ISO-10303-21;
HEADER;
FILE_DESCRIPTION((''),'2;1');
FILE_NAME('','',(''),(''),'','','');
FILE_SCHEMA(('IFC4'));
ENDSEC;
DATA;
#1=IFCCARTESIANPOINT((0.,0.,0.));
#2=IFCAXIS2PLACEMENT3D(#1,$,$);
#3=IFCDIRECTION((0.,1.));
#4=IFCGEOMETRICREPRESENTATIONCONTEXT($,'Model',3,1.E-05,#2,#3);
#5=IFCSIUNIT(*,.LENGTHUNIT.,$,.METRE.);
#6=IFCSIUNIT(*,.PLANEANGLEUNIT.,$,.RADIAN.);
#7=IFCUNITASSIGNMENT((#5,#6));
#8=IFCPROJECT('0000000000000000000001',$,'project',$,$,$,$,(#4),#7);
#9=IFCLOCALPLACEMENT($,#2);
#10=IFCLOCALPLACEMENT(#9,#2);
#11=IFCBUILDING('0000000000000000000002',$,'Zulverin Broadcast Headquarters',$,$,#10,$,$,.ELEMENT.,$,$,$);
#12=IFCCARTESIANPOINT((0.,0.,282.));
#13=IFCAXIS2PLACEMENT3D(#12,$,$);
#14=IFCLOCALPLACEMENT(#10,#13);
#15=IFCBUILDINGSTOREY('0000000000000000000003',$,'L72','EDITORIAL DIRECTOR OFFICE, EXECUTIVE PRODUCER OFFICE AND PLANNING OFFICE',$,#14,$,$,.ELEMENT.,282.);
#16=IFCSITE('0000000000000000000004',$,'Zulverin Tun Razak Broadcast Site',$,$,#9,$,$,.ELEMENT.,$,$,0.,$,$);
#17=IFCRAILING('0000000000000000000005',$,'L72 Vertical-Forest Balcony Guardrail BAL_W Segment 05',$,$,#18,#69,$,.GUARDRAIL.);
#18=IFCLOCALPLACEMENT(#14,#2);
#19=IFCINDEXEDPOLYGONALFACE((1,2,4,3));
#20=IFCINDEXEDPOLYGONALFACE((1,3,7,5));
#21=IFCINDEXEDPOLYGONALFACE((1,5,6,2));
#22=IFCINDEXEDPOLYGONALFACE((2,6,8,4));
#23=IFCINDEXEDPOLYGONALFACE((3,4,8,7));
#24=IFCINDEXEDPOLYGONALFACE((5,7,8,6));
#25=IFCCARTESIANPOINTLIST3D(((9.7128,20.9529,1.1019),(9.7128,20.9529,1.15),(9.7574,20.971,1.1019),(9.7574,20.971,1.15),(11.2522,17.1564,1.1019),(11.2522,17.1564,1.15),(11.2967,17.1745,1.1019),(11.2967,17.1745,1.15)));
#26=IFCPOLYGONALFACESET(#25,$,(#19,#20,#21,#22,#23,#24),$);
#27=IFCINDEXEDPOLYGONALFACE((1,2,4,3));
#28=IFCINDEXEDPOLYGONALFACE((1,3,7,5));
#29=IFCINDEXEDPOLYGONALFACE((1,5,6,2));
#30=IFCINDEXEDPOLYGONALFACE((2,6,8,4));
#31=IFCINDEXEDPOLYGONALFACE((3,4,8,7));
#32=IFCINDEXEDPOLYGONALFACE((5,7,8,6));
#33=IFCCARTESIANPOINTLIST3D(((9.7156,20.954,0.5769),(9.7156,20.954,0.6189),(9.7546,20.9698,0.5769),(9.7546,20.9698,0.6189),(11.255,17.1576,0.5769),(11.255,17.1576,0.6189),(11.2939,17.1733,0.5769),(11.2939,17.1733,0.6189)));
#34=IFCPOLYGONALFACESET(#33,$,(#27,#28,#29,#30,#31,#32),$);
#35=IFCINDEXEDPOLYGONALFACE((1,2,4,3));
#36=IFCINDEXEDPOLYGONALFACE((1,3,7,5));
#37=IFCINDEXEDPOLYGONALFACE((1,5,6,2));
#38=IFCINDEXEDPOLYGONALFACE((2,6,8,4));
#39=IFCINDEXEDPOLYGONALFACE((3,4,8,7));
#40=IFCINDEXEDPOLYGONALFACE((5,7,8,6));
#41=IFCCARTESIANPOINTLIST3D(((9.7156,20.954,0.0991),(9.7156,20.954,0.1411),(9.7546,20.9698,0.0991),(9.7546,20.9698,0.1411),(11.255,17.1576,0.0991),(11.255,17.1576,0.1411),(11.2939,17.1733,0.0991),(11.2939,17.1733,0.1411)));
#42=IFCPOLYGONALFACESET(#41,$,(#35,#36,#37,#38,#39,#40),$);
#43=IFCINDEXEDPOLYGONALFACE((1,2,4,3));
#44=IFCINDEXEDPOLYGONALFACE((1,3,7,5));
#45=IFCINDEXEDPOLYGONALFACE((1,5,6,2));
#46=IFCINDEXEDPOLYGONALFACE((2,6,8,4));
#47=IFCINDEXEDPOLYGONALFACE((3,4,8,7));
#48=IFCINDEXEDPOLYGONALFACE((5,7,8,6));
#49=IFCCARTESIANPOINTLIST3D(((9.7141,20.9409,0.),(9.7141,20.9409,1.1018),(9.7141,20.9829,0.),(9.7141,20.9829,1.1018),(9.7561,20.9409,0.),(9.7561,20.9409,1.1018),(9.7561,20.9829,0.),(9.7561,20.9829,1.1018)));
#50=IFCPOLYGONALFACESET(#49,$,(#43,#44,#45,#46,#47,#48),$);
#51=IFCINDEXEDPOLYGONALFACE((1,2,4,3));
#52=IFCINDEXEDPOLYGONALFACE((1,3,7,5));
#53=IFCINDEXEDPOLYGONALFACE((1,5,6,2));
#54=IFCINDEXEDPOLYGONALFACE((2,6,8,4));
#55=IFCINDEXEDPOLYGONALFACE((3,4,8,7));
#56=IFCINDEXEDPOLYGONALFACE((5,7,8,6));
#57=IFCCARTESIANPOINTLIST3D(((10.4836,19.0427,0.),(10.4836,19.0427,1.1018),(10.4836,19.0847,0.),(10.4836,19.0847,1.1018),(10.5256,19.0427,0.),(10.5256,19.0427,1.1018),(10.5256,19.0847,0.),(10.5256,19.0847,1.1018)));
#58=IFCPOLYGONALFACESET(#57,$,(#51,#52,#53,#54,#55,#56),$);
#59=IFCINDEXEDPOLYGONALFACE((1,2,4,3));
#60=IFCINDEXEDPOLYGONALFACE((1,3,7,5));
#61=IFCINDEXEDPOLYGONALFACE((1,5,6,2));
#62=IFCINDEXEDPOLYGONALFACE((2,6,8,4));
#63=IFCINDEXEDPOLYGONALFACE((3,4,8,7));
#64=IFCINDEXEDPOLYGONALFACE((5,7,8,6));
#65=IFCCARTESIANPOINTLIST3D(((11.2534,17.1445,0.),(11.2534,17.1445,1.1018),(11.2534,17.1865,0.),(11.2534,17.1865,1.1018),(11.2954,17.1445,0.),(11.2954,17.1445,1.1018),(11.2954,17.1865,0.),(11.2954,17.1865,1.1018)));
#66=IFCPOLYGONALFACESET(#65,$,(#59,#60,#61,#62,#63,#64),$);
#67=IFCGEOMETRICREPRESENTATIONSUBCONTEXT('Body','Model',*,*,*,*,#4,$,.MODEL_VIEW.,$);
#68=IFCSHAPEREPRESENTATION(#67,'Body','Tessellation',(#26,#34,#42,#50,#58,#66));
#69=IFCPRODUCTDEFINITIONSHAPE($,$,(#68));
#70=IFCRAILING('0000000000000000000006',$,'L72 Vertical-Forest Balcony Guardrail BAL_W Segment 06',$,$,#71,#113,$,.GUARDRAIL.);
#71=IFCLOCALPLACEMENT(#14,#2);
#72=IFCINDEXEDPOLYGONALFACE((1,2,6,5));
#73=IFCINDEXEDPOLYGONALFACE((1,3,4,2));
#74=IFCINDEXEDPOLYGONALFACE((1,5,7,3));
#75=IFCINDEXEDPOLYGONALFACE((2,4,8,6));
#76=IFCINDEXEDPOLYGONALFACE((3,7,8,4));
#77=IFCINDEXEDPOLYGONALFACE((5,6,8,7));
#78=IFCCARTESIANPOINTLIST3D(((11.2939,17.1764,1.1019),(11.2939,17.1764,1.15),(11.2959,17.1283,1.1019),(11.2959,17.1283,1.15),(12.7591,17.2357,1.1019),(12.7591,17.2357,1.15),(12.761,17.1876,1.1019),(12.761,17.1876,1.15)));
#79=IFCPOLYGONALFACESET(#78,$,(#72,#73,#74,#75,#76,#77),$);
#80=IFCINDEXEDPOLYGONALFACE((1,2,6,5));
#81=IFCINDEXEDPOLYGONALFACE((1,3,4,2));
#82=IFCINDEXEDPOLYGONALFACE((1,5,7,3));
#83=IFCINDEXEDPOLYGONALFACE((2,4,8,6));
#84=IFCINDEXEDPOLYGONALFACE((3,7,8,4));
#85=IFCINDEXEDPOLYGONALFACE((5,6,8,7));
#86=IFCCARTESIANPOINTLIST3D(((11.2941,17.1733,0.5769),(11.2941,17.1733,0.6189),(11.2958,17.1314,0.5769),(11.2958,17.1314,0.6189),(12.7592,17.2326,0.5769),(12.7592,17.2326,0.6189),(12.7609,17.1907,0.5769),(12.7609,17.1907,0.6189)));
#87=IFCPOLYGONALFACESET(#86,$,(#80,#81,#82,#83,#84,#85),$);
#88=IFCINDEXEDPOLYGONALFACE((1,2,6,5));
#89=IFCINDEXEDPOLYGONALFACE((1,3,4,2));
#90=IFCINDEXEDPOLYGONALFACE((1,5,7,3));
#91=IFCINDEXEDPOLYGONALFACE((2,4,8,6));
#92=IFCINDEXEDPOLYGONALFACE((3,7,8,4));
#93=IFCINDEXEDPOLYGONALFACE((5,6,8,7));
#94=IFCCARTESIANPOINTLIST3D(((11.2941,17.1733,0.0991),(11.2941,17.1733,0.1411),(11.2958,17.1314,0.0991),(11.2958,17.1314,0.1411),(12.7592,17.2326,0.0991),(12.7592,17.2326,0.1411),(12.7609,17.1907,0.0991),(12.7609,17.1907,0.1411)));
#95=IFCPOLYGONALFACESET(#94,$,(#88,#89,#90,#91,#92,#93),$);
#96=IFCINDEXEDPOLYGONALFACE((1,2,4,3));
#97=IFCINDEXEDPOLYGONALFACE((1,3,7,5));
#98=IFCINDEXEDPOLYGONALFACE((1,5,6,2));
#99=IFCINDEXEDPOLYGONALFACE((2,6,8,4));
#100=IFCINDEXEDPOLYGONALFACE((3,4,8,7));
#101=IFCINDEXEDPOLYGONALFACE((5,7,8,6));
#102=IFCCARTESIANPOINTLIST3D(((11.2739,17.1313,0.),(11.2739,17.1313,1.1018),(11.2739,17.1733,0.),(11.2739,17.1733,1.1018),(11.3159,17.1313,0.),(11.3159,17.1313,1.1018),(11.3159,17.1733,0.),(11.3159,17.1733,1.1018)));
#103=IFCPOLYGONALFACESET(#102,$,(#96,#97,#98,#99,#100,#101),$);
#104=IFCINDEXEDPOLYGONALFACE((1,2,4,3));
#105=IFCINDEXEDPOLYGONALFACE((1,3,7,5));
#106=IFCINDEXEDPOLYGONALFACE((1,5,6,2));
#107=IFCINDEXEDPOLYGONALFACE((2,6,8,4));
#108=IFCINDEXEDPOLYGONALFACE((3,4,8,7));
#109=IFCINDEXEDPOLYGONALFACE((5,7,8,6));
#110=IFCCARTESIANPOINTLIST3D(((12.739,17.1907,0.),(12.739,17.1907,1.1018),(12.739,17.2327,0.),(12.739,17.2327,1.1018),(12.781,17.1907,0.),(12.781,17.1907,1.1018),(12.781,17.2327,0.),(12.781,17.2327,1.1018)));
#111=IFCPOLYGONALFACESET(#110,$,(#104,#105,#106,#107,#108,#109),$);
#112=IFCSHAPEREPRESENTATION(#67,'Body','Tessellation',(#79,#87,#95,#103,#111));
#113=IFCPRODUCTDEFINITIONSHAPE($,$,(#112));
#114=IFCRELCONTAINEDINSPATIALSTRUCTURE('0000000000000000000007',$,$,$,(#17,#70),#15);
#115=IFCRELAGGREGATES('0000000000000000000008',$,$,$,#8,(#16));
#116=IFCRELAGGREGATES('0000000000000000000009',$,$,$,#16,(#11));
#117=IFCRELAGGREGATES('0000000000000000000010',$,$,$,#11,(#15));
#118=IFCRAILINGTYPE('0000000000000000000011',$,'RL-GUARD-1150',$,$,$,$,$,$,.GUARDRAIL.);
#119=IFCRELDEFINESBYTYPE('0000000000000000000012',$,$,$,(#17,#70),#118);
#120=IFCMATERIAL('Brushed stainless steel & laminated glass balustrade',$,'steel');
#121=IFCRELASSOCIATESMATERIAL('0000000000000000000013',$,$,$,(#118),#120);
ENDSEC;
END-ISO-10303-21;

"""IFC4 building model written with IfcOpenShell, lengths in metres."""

from ifc_helpers import new_model, si_unit, direction, frame, origin, origin_2d, place, context, subcontext, project, spatial, rectangle, extrude, material, type_object, element, save


model = new_model("IFC4")

# Units and contexts
model_context = context("Model", 3, precision=1e-05, world=origin(), true_north=direction((0.0, 1.0)))
body_context = subcontext(model_context, "Body", "Model", "MODEL_VIEW")
ifc_project = project(units=[si_unit("LENGTHUNIT", "METRE"), si_unit("PLANEANGLEUNIT", "RADIAN")], contexts=[model_context])

# Site, building, storey
site_placement = place(None, origin())
site = spatial("IfcSite", under=ifc_project, at=site_placement, Name="Zulverin Tun Razak Broadcast Site", CompositionType="ELEMENT", RefElevation=0.0)
building_placement = place(site_placement, origin())
building = spatial("IfcBuilding", under=site, at=building_placement, Name="Zulverin Broadcast Headquarters", CompositionType="ELEMENT")
storey_placement = place(building_placement, frame((0.0, 0.0, 282.0)))
storey = spatial("IfcBuildingStorey", under=building, at=storey_placement, Name="L72", Description="EDITORIAL DIRECTOR OFFICE, EXECUTIVE PRODUCER OFFICE AND PLANNING OFFICE", CompositionType="ELEMENT", Elevation=282.0)

# Railings
ifc_material_1 = material(Name="Brushed stainless steel & laminated glass balustrade", Category="steel")
railing_type = type_object("IfcRailingType", Name="RL-GUARD-1150", PredefinedType="GUARDRAIL", material=ifc_material_1)
railing_1_placement = place(storey_placement, frame((9.7351, 20.9619, 0.0)))
element("IfcRailing", 1, at=railing_1_placement, inside=storey, type_object=railing_type, Name="L72 Vertical-Forest Balcony Guardrail BAL_W Segment 05", PredefinedType="GUARDRAIL", context=body_context, shape_type="SweptSolid", body=[
    extrude(rectangle(XDim=0.0481, YDim=0.0481, at=origin_2d()), frame((0.0, 0.0, 1.126), z_axis=(0.375754, -0.92672, 0.0), x_axis=(0.92672, 0.375754, 0.0)), (0.0, 0.0, 1.0), 4.0967),
    extrude(rectangle(XDim=0.042, YDim=0.042, at=origin_2d()), frame((0.0, 0.0, 0.5979), z_axis=(0.375754, -0.92672, 0.0), x_axis=(0.92672, 0.375754, 0.0)), (0.0, 0.0, 1.0), 4.0967),
    extrude(rectangle(XDim=0.042, YDim=0.042, at=origin_2d()), frame((0.0, 0.0, 0.1201), z_axis=(0.375754, -0.92672, 0.0), x_axis=(0.92672, 0.375754, 0.0)), (0.0, 0.0, 1.0), 4.0967),
    extrude(rectangle(XDim=0.042, YDim=0.042, at=origin_2d()), origin(), (0.0, 0.0, 1.0), 1.1018),
    extrude(rectangle(XDim=0.042, YDim=0.042, at=origin_2d()), frame((0.7695, -1.8982, 0.0)), (0.0, 0.0, 1.0), 1.1018),
    extrude(rectangle(XDim=0.042, YDim=0.042, at=origin_2d()), frame((1.5393, -3.7964, 0.0)), (0.0, 0.0, 1.0), 1.1018),
])
railing_2_placement = place(storey_placement, frame((11.2949, 17.1523, 0.0)))
element("IfcRailing", 2, at=railing_2_placement, inside=storey, type_object=railing_type, Name="L72 Vertical-Forest Balcony Guardrail BAL_W Segment 06", PredefinedType="GUARDRAIL", context=body_context, shape_type="SweptSolid", body=[
    extrude(rectangle(XDim=0.0481, YDim=0.0481, at=origin_2d()), frame((0.0, 0.0, 1.126), z_axis=(0.999181, 0.04046, 0.0), x_axis=(-0.04046, 0.999181, 0.0)), (0.0, 0.0, 1.0), 1.4663),
    extrude(rectangle(XDim=0.042, YDim=0.042, at=origin_2d()), frame((0.0, 0.0, 0.5979), z_axis=(0.999181, 0.04046, 0.0), x_axis=(-0.04046, 0.999181, 0.0)), (0.0, 0.0, 1.0), 1.4663),
    extrude(rectangle(XDim=0.042, YDim=0.042, at=origin_2d()), frame((0.0, 0.0, 0.1201), z_axis=(0.999181, 0.04046, 0.0), x_axis=(-0.04046, 0.999181, 0.0)), (0.0, 0.0, 1.0), 1.4663),
    extrude(rectangle(XDim=0.042, YDim=0.042, at=origin_2d()), origin(), (0.0, 0.0, 1.0), 1.1018),
    extrude(rectangle(XDim=0.042, YDim=0.042, at=origin_2d()), frame((1.4651, 0.0593, 0.0)), (0.0, 0.0, 1.0), 1.1018),
])

save(model, "model.ifc")
